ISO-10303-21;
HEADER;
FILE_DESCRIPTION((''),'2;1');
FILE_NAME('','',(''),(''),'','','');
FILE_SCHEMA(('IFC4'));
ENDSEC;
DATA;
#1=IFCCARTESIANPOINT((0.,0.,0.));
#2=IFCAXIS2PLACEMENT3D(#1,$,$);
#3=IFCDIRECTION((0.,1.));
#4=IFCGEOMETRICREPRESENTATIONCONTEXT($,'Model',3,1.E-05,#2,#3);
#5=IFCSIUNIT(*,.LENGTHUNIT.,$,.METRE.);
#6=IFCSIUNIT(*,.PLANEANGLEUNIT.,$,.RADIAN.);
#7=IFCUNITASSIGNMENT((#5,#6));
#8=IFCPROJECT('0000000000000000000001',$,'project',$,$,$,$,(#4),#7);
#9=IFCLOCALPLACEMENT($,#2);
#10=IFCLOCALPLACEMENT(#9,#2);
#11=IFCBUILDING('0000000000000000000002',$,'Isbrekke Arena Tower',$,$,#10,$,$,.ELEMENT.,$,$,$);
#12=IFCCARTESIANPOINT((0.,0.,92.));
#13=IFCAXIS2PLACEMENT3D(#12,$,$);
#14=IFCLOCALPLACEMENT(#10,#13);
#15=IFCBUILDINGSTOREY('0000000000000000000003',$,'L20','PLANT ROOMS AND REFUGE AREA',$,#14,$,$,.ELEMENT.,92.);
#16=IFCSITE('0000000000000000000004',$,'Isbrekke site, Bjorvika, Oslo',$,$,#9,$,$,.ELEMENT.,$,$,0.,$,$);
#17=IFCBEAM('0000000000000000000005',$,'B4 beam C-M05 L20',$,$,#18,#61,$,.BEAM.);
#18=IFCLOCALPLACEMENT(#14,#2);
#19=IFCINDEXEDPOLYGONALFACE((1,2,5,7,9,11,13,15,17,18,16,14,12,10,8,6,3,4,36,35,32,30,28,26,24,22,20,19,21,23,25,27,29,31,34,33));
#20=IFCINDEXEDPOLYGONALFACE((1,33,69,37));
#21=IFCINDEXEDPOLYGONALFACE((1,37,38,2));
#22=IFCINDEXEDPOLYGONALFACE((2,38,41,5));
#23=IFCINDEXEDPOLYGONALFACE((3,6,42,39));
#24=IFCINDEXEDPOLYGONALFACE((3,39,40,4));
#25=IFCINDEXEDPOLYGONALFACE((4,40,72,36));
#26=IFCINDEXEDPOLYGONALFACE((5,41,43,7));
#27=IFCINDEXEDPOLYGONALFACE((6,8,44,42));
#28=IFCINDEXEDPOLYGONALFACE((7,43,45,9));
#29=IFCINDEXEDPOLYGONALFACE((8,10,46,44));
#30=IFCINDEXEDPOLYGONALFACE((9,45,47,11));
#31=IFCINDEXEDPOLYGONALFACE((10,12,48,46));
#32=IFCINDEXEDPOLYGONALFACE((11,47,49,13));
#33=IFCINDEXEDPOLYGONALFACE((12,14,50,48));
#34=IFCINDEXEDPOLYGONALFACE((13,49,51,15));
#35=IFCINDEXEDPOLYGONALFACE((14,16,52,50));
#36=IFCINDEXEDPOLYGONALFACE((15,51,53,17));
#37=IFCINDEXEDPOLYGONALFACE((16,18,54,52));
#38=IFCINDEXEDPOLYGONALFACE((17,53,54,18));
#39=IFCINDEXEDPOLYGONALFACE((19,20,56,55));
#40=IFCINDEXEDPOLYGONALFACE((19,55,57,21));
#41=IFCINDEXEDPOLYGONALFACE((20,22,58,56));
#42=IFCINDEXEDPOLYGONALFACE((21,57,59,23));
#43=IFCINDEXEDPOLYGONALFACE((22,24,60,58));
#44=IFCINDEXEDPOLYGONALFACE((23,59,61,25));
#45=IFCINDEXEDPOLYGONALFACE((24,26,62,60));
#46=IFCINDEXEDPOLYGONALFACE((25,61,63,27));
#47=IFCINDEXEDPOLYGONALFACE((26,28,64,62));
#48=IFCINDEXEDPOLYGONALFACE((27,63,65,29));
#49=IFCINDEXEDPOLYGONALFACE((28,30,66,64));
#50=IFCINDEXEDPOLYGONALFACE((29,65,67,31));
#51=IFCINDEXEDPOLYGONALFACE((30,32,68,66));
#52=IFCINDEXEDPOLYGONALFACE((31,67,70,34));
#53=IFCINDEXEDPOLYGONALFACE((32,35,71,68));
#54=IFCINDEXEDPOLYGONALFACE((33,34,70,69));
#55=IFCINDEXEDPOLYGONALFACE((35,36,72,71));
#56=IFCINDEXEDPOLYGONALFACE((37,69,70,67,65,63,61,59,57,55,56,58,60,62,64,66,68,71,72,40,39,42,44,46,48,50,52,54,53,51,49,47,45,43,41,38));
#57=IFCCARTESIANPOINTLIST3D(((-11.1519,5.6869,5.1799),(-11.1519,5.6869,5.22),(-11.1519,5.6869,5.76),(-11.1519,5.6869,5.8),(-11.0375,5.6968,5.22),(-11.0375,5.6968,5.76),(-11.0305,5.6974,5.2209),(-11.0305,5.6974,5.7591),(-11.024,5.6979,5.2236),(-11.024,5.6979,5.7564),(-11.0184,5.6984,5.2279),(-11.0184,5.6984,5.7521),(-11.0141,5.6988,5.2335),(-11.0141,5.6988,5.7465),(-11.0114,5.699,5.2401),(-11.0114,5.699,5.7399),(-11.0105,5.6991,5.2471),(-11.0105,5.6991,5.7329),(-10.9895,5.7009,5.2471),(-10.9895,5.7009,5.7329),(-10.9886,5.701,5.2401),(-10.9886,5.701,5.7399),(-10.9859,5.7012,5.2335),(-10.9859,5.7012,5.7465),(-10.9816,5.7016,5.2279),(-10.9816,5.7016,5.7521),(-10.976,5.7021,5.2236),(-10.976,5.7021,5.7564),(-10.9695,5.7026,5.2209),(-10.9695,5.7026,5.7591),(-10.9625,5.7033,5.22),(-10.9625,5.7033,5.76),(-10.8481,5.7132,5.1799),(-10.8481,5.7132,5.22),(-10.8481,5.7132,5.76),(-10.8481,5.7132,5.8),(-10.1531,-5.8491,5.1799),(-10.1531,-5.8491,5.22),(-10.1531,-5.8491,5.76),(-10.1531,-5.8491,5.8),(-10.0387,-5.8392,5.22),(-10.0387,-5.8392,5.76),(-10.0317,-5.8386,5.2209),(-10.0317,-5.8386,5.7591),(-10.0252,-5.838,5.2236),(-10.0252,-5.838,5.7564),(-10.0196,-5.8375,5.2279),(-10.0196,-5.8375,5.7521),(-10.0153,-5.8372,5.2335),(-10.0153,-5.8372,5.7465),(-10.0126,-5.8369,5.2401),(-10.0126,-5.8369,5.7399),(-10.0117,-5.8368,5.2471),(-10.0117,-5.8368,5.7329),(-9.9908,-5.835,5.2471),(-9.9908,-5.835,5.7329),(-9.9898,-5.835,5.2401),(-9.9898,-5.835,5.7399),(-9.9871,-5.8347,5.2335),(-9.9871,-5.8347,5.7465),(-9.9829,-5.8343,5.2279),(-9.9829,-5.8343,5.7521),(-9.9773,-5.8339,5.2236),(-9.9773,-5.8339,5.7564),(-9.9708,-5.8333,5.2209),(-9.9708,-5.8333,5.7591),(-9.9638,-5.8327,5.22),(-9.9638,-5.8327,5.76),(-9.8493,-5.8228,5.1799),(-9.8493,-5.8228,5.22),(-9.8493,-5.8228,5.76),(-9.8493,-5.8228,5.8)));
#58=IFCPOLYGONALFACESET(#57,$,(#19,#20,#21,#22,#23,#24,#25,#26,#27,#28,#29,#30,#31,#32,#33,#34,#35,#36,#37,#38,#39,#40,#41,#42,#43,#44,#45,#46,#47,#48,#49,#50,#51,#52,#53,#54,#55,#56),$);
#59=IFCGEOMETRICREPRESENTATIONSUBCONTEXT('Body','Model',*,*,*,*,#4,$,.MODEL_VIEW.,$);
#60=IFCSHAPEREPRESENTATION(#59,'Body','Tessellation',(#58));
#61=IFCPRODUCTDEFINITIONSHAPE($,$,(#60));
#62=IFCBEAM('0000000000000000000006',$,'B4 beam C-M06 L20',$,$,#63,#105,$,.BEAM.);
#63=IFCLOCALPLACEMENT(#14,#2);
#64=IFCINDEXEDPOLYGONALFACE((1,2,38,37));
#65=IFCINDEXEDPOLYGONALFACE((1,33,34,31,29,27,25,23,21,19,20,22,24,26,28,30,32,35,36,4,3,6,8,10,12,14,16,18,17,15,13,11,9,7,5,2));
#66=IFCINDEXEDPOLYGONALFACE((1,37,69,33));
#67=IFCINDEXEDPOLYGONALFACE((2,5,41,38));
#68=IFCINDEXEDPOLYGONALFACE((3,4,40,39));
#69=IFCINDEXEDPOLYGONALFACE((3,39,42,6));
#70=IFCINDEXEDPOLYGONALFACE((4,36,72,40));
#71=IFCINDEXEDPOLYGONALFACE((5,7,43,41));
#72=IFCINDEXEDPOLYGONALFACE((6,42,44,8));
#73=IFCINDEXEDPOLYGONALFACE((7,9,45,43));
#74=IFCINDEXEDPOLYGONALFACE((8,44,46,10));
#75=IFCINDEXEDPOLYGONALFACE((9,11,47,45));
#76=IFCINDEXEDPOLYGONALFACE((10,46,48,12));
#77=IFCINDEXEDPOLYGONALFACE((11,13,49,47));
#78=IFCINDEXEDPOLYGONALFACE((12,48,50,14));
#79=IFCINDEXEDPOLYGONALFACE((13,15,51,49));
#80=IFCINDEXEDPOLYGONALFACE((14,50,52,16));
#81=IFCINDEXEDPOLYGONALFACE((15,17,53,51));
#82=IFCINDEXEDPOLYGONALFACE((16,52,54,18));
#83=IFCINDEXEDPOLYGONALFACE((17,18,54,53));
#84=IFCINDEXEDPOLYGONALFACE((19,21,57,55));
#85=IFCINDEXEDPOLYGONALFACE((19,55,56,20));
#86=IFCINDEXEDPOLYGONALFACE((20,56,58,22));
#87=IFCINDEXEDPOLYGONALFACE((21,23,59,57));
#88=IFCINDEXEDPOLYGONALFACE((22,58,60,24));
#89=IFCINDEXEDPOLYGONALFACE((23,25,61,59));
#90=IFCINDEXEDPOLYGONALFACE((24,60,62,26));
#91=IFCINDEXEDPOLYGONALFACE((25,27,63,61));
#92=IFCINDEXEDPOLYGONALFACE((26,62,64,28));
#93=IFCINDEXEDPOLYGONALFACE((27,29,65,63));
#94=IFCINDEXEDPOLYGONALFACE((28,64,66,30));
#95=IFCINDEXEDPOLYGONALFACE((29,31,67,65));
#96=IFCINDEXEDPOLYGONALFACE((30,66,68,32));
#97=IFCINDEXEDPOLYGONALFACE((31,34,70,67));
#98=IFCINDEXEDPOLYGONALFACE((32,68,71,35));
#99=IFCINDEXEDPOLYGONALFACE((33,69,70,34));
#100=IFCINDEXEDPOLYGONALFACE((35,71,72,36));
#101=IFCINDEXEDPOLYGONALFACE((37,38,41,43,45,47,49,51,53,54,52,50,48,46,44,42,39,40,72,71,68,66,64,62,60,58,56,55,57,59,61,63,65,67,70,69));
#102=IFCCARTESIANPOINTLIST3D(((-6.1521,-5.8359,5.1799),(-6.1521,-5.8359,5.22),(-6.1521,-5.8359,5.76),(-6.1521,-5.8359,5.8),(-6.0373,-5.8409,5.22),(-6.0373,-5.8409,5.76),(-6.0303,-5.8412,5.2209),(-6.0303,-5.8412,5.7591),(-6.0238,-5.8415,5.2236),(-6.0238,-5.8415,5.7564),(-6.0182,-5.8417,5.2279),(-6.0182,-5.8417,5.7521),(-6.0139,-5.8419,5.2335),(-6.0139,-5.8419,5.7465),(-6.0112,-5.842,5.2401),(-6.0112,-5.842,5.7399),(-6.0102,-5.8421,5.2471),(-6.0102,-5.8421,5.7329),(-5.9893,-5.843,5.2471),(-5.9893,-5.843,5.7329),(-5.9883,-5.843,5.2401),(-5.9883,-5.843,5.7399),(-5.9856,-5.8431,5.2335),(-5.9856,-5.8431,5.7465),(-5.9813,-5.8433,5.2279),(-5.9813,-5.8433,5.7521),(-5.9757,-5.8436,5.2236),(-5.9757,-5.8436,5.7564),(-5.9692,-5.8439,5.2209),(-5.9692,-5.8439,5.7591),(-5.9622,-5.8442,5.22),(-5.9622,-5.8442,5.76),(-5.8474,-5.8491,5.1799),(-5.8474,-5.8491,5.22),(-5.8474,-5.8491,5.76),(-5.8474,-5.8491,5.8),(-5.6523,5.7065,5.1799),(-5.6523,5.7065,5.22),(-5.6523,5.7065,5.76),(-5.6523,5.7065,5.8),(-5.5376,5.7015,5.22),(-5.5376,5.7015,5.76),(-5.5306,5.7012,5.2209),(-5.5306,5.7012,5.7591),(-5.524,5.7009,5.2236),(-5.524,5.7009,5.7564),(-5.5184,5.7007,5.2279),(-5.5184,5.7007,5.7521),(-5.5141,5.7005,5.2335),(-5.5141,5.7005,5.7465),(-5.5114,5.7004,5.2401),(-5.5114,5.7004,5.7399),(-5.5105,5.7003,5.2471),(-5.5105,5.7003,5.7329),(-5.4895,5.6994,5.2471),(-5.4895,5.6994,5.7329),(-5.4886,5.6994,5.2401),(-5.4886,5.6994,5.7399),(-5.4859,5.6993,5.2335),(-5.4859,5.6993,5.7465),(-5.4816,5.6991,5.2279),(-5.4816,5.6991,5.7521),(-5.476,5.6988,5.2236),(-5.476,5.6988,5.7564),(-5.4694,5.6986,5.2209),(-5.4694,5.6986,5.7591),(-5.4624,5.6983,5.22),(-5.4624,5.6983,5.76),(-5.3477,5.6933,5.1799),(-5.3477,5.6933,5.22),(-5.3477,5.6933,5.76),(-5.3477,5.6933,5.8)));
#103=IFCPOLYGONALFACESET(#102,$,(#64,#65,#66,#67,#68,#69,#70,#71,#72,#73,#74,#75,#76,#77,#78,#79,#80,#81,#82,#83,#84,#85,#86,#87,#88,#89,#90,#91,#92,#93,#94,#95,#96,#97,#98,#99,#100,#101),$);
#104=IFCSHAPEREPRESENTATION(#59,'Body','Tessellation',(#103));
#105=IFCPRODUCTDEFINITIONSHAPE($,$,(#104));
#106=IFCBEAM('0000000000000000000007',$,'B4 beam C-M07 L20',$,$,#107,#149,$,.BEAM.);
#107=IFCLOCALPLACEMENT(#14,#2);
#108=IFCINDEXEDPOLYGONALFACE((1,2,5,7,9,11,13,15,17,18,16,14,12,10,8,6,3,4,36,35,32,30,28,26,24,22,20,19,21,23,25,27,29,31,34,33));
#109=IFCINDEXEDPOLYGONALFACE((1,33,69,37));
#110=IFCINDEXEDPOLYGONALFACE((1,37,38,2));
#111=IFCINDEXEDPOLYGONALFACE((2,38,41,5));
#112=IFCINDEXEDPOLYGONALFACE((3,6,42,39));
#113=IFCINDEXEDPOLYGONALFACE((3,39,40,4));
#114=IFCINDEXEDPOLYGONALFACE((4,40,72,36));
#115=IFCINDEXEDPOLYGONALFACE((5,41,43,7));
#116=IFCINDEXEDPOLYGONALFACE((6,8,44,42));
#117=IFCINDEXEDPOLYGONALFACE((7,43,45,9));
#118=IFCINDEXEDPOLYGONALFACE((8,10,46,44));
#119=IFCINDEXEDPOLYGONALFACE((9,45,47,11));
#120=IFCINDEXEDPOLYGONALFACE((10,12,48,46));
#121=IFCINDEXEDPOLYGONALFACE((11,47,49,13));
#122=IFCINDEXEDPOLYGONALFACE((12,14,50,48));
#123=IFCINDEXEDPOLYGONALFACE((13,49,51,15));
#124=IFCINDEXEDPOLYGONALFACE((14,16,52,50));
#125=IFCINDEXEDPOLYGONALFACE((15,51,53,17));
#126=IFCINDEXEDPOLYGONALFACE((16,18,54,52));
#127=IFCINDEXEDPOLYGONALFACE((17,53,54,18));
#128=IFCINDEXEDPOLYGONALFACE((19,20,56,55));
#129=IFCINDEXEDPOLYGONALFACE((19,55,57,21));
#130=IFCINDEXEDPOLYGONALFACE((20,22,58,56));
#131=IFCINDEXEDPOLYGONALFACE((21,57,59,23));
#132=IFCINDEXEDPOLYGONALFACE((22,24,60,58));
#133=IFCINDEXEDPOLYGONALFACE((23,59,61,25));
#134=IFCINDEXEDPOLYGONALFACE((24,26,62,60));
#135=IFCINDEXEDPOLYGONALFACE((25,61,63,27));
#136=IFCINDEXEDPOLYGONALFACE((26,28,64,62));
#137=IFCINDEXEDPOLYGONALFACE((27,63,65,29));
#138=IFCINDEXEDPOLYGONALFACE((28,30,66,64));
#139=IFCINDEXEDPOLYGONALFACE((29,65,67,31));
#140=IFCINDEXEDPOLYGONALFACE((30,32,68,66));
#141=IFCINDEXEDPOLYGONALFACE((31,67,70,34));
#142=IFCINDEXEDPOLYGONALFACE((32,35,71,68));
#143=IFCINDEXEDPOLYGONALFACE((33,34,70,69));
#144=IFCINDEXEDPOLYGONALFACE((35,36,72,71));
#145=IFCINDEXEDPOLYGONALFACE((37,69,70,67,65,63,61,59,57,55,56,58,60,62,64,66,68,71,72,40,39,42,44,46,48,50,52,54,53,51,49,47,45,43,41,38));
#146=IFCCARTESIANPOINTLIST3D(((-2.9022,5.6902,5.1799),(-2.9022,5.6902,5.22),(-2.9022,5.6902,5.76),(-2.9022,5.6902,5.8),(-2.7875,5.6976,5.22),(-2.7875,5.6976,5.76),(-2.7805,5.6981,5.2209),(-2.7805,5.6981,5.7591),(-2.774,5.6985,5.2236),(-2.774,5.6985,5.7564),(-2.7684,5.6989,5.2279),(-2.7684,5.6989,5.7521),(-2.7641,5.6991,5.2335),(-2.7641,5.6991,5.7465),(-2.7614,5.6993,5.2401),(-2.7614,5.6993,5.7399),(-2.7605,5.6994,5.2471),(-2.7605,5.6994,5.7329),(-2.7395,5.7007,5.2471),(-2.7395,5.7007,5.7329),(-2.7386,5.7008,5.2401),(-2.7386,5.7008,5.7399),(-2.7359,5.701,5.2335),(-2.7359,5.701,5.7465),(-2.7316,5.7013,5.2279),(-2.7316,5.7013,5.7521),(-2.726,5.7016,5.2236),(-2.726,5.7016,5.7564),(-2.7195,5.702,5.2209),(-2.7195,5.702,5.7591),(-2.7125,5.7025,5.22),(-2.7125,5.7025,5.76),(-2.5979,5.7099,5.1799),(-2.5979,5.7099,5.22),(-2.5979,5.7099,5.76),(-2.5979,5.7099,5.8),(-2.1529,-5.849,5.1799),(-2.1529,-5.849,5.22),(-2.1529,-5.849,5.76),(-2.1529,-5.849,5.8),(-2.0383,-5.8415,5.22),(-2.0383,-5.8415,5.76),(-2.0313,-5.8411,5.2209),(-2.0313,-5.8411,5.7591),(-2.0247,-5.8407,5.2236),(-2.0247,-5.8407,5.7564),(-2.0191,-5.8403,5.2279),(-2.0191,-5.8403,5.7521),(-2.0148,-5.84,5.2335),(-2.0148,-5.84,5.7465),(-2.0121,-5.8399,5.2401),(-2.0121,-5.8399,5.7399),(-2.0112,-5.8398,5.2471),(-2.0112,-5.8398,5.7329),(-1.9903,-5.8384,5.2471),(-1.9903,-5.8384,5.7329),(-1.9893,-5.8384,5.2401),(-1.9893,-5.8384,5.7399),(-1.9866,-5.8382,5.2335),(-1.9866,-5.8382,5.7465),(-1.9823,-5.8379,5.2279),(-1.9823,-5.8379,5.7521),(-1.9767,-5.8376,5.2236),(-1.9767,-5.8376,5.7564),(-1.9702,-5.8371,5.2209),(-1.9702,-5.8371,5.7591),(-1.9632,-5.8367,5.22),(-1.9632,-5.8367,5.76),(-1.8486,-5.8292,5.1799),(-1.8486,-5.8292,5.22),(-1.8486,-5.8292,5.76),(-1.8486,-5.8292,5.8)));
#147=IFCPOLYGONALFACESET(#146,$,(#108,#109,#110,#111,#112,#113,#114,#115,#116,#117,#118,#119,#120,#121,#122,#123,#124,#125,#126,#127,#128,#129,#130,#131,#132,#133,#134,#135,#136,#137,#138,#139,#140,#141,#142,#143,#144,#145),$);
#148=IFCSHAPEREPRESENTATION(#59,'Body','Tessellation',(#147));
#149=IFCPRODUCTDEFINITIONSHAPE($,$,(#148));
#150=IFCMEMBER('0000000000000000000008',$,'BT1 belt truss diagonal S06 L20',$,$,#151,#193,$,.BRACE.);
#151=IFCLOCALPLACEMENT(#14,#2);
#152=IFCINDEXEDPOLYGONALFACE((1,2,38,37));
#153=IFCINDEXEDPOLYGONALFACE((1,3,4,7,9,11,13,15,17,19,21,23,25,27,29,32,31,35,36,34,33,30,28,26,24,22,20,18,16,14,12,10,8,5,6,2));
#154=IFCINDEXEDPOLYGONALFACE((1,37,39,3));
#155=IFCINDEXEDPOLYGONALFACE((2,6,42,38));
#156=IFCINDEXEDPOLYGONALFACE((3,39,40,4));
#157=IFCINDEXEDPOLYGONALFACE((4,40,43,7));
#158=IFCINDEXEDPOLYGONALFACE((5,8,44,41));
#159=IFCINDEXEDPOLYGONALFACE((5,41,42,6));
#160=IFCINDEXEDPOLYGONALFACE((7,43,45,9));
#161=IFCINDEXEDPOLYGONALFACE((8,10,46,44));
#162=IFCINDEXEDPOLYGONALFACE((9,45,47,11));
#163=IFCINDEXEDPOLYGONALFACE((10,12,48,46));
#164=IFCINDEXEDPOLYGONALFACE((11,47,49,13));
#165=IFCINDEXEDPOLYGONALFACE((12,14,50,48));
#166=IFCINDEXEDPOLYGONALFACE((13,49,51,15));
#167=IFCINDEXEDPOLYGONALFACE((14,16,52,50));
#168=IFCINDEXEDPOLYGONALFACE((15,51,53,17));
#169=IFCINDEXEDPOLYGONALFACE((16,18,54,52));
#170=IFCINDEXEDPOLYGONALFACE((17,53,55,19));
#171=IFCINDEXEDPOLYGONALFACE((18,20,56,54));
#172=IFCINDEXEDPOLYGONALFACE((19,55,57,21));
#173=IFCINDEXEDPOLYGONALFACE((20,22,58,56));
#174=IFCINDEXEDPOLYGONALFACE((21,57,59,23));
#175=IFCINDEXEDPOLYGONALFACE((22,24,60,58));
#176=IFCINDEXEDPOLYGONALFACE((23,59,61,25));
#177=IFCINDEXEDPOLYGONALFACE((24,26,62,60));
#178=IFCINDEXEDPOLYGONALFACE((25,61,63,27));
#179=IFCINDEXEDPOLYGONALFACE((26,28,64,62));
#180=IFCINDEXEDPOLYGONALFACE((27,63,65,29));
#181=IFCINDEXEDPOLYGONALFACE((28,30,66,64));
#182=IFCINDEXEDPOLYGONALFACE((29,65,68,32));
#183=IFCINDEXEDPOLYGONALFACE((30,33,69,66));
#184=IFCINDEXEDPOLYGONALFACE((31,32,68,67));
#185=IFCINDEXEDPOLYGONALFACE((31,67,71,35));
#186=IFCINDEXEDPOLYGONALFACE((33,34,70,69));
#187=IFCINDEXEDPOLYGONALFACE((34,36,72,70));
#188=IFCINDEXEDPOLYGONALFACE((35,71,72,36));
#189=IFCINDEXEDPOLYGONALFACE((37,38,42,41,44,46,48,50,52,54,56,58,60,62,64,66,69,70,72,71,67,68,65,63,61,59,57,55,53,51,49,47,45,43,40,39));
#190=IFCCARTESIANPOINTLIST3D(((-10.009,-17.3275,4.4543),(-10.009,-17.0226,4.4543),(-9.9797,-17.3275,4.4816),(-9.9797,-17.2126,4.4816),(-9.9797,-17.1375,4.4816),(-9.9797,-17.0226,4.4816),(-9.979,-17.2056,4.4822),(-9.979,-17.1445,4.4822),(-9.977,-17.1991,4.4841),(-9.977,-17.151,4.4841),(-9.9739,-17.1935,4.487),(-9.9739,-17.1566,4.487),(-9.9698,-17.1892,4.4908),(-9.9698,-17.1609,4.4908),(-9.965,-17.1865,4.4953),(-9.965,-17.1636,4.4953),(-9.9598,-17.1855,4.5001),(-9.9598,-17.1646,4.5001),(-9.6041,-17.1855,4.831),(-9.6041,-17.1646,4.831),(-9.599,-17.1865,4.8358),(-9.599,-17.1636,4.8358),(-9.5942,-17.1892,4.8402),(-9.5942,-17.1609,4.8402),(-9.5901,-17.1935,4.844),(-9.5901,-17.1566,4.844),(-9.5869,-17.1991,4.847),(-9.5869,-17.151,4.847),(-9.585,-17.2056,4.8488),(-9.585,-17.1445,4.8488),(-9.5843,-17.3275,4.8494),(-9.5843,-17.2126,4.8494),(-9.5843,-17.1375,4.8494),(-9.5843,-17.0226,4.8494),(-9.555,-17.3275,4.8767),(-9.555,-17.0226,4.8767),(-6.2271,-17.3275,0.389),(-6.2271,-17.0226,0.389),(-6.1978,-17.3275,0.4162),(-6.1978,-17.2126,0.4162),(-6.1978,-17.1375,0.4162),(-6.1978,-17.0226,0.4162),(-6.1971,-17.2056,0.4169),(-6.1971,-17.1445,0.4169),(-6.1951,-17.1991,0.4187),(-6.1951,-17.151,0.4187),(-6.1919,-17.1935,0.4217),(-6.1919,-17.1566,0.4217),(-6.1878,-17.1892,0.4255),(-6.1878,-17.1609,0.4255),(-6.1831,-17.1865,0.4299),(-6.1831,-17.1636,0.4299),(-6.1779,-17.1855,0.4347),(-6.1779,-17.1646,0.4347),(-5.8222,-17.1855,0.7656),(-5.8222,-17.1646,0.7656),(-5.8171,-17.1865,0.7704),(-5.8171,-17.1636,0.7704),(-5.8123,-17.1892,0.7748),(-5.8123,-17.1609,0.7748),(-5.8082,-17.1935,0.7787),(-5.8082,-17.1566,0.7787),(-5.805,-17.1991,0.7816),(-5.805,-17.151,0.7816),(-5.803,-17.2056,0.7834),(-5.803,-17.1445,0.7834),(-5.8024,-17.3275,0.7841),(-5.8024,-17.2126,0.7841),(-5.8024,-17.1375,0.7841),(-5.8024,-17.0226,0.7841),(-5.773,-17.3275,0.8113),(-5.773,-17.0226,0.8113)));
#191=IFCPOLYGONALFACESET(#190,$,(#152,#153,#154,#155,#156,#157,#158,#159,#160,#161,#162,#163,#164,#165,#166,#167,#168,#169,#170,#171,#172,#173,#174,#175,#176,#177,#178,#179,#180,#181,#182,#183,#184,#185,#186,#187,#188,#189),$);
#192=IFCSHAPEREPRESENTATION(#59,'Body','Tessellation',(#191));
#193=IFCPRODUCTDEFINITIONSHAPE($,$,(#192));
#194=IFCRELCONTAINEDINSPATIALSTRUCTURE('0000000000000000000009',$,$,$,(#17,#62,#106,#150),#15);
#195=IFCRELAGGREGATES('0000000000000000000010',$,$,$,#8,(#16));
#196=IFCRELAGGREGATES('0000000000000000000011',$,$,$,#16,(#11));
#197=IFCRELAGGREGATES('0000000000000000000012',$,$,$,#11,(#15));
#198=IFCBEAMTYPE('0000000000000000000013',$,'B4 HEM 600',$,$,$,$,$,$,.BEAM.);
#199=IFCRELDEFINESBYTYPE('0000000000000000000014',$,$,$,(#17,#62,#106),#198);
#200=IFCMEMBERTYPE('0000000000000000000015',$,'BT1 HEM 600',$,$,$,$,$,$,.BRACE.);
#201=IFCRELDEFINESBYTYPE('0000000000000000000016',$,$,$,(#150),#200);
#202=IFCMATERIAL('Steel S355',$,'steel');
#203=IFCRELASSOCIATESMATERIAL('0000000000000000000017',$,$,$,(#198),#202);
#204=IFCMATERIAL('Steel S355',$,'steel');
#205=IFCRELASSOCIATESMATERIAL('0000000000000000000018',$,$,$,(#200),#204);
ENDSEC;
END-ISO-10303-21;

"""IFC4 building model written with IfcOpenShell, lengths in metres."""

from ifc_helpers import new_model, si_unit, direction, frame, origin, origin_2d, place, context, subcontext, project, spatial, i_section, extrude, material, material_profile, profile_set, type_object, element, save


model = new_model("IFC4")

# Units and contexts
model_context = context("Model", 3, precision=1e-05, world=origin(), true_north=direction((0.0, 1.0)))
body_context = subcontext(model_context, "Body", "Model", "MODEL_VIEW")
ifc_project = project(units=[si_unit("LENGTHUNIT", "METRE"), si_unit("PLANEANGLEUNIT", "RADIAN")], contexts=[model_context])

# Site, building, storey
site_placement = place(None, origin())
site = spatial("IfcSite", under=ifc_project, at=site_placement, Name="Isbrekke site, Bjorvika, Oslo", CompositionType="ELEMENT", RefElevation=0.0)
building_placement = place(site_placement, origin())
building = spatial("IfcBuilding", under=site, at=building_placement, Name="Isbrekke Arena Tower", CompositionType="ELEMENT")
storey_placement = place(building_placement, frame((0.0, 0.0, 92.0)))
storey = spatial("IfcBuildingStorey", under=building, at=storey_placement, Name="L20", Description="PLANT ROOMS AND REFUGE AREA", CompositionType="ELEMENT", Elevation=92.0)

# Beams
ifc_material_1 = material(Name="Steel S355", Category="steel")
ifc_material_profile_1 = material_profile(ifc_material_1, i_section(OverallWidth=0.3049, OverallDepth=0.6201, WebThickness=0.021, FlangeThickness=0.04, FilletRadius=0.0271, at=origin_2d()), Name="HEM 600")
ifc_profile_set_1 = profile_set([ifc_material_profile_1], Name="Steel S355")
beam_type_1 = type_object("IfcBeamType", Name="B4 HEM 600", PredefinedType="BEAM", material=ifc_profile_set_1)
beam_1_placement = place(storey_placement, frame((-10.0012, -5.8359, 5.49), z_axis=(-0.086257, 0.996273, 0.0), x_axis=(-0.996273, -0.086257, 0.0)))
element("IfcBeam", 1, at=beam_1_placement, inside=storey, type_object=beam_type_1, Name="B4 beam C-M05 L20", PredefinedType="BEAM", context=body_context, shape_type="SweptSolid", body=[
    extrude(i_section(OverallWidth=0.3049, OverallDepth=0.6201, WebThickness=0.021, FlangeThickness=0.04, FilletRadius=0.0271, at=origin_2d()), origin(), (0.0, 0.0, 1.0), 11.5791),
])
beam_2_placement = place(storey_placement, frame((-5.9998, -5.8425, 5.49), z_axis=(0.043257, 0.999064, 0.0), x_axis=(-0.999064, 0.043257, 0.0)))
element("IfcBeam", 2, at=beam_2_placement, inside=storey, type_object=beam_type_1, Name="B4 beam C-M06 L20", PredefinedType="BEAM", context=body_context, shape_type="SweptSolid", body=[
    extrude(i_section(OverallWidth=0.3049, OverallDepth=0.6201, WebThickness=0.021, FlangeThickness=0.04, FilletRadius=0.0271, at=origin_2d()), origin(), (0.0, 0.0, 1.0), 11.5532),
])
beam_3_placement = place(storey_placement, frame((-2.0007, -5.8391, 5.49), z_axis=(-0.064797, 0.997898, 0.0), x_axis=(-0.997898, -0.064797, 0.0)))
element("IfcBeam", 3, at=beam_3_placement, inside=storey, type_object=beam_type_1, Name="B4 beam C-M07 L20", PredefinedType="BEAM", context=body_context, shape_type="SweptSolid", body=[
    extrude(i_section(OverallWidth=0.3049, OverallDepth=0.6201, WebThickness=0.021, FlangeThickness=0.04, FilletRadius=0.0271, at=origin_2d()), origin(), (0.0, 0.0, 1.0), 11.5635),
])

# Member
ifc_material_2 = material(Name="Steel S355", Category="steel")
ifc_material_profile_2 = material_profile(ifc_material_2, i_section(OverallWidth=0.3049, OverallDepth=0.6201, WebThickness=0.021, FlangeThickness=0.04, FilletRadius=0.0271, at=origin_2d()), Name="HEM 600")
ifc_profile_set_2 = profile_set([ifc_material_profile_2], Name="Steel S355")
member_type_1 = type_object("IfcMemberType", Name="BT1 HEM 600", PredefinedType="BRACE", material=ifc_profile_set_2)
for number, where, z_axis, x_axis, name in (
    (4, (-9.782, -17.175, 4.6655), (0.681122, 0.0, -0.73217), (0.0, 1.0, 0.0), "BT1 belt truss diagonal S06 L20"),
):
    element("IfcMember", number, at=place(storey_placement, frame(where, z_axis=z_axis, x_axis=x_axis)), inside=storey, type_object=member_type_1, Name=name, PredefinedType="BRACE", context=body_context, shape_type="SweptSolid", body=[
        extrude(i_section(OverallWidth=0.3049, OverallDepth=0.6201, WebThickness=0.021, FlangeThickness=0.04, FilletRadius=0.0271, at=origin_2d()), origin(), (0.0, 0.0, 1.0), 5.5525),
    ])

save(model, "model.ifc")
